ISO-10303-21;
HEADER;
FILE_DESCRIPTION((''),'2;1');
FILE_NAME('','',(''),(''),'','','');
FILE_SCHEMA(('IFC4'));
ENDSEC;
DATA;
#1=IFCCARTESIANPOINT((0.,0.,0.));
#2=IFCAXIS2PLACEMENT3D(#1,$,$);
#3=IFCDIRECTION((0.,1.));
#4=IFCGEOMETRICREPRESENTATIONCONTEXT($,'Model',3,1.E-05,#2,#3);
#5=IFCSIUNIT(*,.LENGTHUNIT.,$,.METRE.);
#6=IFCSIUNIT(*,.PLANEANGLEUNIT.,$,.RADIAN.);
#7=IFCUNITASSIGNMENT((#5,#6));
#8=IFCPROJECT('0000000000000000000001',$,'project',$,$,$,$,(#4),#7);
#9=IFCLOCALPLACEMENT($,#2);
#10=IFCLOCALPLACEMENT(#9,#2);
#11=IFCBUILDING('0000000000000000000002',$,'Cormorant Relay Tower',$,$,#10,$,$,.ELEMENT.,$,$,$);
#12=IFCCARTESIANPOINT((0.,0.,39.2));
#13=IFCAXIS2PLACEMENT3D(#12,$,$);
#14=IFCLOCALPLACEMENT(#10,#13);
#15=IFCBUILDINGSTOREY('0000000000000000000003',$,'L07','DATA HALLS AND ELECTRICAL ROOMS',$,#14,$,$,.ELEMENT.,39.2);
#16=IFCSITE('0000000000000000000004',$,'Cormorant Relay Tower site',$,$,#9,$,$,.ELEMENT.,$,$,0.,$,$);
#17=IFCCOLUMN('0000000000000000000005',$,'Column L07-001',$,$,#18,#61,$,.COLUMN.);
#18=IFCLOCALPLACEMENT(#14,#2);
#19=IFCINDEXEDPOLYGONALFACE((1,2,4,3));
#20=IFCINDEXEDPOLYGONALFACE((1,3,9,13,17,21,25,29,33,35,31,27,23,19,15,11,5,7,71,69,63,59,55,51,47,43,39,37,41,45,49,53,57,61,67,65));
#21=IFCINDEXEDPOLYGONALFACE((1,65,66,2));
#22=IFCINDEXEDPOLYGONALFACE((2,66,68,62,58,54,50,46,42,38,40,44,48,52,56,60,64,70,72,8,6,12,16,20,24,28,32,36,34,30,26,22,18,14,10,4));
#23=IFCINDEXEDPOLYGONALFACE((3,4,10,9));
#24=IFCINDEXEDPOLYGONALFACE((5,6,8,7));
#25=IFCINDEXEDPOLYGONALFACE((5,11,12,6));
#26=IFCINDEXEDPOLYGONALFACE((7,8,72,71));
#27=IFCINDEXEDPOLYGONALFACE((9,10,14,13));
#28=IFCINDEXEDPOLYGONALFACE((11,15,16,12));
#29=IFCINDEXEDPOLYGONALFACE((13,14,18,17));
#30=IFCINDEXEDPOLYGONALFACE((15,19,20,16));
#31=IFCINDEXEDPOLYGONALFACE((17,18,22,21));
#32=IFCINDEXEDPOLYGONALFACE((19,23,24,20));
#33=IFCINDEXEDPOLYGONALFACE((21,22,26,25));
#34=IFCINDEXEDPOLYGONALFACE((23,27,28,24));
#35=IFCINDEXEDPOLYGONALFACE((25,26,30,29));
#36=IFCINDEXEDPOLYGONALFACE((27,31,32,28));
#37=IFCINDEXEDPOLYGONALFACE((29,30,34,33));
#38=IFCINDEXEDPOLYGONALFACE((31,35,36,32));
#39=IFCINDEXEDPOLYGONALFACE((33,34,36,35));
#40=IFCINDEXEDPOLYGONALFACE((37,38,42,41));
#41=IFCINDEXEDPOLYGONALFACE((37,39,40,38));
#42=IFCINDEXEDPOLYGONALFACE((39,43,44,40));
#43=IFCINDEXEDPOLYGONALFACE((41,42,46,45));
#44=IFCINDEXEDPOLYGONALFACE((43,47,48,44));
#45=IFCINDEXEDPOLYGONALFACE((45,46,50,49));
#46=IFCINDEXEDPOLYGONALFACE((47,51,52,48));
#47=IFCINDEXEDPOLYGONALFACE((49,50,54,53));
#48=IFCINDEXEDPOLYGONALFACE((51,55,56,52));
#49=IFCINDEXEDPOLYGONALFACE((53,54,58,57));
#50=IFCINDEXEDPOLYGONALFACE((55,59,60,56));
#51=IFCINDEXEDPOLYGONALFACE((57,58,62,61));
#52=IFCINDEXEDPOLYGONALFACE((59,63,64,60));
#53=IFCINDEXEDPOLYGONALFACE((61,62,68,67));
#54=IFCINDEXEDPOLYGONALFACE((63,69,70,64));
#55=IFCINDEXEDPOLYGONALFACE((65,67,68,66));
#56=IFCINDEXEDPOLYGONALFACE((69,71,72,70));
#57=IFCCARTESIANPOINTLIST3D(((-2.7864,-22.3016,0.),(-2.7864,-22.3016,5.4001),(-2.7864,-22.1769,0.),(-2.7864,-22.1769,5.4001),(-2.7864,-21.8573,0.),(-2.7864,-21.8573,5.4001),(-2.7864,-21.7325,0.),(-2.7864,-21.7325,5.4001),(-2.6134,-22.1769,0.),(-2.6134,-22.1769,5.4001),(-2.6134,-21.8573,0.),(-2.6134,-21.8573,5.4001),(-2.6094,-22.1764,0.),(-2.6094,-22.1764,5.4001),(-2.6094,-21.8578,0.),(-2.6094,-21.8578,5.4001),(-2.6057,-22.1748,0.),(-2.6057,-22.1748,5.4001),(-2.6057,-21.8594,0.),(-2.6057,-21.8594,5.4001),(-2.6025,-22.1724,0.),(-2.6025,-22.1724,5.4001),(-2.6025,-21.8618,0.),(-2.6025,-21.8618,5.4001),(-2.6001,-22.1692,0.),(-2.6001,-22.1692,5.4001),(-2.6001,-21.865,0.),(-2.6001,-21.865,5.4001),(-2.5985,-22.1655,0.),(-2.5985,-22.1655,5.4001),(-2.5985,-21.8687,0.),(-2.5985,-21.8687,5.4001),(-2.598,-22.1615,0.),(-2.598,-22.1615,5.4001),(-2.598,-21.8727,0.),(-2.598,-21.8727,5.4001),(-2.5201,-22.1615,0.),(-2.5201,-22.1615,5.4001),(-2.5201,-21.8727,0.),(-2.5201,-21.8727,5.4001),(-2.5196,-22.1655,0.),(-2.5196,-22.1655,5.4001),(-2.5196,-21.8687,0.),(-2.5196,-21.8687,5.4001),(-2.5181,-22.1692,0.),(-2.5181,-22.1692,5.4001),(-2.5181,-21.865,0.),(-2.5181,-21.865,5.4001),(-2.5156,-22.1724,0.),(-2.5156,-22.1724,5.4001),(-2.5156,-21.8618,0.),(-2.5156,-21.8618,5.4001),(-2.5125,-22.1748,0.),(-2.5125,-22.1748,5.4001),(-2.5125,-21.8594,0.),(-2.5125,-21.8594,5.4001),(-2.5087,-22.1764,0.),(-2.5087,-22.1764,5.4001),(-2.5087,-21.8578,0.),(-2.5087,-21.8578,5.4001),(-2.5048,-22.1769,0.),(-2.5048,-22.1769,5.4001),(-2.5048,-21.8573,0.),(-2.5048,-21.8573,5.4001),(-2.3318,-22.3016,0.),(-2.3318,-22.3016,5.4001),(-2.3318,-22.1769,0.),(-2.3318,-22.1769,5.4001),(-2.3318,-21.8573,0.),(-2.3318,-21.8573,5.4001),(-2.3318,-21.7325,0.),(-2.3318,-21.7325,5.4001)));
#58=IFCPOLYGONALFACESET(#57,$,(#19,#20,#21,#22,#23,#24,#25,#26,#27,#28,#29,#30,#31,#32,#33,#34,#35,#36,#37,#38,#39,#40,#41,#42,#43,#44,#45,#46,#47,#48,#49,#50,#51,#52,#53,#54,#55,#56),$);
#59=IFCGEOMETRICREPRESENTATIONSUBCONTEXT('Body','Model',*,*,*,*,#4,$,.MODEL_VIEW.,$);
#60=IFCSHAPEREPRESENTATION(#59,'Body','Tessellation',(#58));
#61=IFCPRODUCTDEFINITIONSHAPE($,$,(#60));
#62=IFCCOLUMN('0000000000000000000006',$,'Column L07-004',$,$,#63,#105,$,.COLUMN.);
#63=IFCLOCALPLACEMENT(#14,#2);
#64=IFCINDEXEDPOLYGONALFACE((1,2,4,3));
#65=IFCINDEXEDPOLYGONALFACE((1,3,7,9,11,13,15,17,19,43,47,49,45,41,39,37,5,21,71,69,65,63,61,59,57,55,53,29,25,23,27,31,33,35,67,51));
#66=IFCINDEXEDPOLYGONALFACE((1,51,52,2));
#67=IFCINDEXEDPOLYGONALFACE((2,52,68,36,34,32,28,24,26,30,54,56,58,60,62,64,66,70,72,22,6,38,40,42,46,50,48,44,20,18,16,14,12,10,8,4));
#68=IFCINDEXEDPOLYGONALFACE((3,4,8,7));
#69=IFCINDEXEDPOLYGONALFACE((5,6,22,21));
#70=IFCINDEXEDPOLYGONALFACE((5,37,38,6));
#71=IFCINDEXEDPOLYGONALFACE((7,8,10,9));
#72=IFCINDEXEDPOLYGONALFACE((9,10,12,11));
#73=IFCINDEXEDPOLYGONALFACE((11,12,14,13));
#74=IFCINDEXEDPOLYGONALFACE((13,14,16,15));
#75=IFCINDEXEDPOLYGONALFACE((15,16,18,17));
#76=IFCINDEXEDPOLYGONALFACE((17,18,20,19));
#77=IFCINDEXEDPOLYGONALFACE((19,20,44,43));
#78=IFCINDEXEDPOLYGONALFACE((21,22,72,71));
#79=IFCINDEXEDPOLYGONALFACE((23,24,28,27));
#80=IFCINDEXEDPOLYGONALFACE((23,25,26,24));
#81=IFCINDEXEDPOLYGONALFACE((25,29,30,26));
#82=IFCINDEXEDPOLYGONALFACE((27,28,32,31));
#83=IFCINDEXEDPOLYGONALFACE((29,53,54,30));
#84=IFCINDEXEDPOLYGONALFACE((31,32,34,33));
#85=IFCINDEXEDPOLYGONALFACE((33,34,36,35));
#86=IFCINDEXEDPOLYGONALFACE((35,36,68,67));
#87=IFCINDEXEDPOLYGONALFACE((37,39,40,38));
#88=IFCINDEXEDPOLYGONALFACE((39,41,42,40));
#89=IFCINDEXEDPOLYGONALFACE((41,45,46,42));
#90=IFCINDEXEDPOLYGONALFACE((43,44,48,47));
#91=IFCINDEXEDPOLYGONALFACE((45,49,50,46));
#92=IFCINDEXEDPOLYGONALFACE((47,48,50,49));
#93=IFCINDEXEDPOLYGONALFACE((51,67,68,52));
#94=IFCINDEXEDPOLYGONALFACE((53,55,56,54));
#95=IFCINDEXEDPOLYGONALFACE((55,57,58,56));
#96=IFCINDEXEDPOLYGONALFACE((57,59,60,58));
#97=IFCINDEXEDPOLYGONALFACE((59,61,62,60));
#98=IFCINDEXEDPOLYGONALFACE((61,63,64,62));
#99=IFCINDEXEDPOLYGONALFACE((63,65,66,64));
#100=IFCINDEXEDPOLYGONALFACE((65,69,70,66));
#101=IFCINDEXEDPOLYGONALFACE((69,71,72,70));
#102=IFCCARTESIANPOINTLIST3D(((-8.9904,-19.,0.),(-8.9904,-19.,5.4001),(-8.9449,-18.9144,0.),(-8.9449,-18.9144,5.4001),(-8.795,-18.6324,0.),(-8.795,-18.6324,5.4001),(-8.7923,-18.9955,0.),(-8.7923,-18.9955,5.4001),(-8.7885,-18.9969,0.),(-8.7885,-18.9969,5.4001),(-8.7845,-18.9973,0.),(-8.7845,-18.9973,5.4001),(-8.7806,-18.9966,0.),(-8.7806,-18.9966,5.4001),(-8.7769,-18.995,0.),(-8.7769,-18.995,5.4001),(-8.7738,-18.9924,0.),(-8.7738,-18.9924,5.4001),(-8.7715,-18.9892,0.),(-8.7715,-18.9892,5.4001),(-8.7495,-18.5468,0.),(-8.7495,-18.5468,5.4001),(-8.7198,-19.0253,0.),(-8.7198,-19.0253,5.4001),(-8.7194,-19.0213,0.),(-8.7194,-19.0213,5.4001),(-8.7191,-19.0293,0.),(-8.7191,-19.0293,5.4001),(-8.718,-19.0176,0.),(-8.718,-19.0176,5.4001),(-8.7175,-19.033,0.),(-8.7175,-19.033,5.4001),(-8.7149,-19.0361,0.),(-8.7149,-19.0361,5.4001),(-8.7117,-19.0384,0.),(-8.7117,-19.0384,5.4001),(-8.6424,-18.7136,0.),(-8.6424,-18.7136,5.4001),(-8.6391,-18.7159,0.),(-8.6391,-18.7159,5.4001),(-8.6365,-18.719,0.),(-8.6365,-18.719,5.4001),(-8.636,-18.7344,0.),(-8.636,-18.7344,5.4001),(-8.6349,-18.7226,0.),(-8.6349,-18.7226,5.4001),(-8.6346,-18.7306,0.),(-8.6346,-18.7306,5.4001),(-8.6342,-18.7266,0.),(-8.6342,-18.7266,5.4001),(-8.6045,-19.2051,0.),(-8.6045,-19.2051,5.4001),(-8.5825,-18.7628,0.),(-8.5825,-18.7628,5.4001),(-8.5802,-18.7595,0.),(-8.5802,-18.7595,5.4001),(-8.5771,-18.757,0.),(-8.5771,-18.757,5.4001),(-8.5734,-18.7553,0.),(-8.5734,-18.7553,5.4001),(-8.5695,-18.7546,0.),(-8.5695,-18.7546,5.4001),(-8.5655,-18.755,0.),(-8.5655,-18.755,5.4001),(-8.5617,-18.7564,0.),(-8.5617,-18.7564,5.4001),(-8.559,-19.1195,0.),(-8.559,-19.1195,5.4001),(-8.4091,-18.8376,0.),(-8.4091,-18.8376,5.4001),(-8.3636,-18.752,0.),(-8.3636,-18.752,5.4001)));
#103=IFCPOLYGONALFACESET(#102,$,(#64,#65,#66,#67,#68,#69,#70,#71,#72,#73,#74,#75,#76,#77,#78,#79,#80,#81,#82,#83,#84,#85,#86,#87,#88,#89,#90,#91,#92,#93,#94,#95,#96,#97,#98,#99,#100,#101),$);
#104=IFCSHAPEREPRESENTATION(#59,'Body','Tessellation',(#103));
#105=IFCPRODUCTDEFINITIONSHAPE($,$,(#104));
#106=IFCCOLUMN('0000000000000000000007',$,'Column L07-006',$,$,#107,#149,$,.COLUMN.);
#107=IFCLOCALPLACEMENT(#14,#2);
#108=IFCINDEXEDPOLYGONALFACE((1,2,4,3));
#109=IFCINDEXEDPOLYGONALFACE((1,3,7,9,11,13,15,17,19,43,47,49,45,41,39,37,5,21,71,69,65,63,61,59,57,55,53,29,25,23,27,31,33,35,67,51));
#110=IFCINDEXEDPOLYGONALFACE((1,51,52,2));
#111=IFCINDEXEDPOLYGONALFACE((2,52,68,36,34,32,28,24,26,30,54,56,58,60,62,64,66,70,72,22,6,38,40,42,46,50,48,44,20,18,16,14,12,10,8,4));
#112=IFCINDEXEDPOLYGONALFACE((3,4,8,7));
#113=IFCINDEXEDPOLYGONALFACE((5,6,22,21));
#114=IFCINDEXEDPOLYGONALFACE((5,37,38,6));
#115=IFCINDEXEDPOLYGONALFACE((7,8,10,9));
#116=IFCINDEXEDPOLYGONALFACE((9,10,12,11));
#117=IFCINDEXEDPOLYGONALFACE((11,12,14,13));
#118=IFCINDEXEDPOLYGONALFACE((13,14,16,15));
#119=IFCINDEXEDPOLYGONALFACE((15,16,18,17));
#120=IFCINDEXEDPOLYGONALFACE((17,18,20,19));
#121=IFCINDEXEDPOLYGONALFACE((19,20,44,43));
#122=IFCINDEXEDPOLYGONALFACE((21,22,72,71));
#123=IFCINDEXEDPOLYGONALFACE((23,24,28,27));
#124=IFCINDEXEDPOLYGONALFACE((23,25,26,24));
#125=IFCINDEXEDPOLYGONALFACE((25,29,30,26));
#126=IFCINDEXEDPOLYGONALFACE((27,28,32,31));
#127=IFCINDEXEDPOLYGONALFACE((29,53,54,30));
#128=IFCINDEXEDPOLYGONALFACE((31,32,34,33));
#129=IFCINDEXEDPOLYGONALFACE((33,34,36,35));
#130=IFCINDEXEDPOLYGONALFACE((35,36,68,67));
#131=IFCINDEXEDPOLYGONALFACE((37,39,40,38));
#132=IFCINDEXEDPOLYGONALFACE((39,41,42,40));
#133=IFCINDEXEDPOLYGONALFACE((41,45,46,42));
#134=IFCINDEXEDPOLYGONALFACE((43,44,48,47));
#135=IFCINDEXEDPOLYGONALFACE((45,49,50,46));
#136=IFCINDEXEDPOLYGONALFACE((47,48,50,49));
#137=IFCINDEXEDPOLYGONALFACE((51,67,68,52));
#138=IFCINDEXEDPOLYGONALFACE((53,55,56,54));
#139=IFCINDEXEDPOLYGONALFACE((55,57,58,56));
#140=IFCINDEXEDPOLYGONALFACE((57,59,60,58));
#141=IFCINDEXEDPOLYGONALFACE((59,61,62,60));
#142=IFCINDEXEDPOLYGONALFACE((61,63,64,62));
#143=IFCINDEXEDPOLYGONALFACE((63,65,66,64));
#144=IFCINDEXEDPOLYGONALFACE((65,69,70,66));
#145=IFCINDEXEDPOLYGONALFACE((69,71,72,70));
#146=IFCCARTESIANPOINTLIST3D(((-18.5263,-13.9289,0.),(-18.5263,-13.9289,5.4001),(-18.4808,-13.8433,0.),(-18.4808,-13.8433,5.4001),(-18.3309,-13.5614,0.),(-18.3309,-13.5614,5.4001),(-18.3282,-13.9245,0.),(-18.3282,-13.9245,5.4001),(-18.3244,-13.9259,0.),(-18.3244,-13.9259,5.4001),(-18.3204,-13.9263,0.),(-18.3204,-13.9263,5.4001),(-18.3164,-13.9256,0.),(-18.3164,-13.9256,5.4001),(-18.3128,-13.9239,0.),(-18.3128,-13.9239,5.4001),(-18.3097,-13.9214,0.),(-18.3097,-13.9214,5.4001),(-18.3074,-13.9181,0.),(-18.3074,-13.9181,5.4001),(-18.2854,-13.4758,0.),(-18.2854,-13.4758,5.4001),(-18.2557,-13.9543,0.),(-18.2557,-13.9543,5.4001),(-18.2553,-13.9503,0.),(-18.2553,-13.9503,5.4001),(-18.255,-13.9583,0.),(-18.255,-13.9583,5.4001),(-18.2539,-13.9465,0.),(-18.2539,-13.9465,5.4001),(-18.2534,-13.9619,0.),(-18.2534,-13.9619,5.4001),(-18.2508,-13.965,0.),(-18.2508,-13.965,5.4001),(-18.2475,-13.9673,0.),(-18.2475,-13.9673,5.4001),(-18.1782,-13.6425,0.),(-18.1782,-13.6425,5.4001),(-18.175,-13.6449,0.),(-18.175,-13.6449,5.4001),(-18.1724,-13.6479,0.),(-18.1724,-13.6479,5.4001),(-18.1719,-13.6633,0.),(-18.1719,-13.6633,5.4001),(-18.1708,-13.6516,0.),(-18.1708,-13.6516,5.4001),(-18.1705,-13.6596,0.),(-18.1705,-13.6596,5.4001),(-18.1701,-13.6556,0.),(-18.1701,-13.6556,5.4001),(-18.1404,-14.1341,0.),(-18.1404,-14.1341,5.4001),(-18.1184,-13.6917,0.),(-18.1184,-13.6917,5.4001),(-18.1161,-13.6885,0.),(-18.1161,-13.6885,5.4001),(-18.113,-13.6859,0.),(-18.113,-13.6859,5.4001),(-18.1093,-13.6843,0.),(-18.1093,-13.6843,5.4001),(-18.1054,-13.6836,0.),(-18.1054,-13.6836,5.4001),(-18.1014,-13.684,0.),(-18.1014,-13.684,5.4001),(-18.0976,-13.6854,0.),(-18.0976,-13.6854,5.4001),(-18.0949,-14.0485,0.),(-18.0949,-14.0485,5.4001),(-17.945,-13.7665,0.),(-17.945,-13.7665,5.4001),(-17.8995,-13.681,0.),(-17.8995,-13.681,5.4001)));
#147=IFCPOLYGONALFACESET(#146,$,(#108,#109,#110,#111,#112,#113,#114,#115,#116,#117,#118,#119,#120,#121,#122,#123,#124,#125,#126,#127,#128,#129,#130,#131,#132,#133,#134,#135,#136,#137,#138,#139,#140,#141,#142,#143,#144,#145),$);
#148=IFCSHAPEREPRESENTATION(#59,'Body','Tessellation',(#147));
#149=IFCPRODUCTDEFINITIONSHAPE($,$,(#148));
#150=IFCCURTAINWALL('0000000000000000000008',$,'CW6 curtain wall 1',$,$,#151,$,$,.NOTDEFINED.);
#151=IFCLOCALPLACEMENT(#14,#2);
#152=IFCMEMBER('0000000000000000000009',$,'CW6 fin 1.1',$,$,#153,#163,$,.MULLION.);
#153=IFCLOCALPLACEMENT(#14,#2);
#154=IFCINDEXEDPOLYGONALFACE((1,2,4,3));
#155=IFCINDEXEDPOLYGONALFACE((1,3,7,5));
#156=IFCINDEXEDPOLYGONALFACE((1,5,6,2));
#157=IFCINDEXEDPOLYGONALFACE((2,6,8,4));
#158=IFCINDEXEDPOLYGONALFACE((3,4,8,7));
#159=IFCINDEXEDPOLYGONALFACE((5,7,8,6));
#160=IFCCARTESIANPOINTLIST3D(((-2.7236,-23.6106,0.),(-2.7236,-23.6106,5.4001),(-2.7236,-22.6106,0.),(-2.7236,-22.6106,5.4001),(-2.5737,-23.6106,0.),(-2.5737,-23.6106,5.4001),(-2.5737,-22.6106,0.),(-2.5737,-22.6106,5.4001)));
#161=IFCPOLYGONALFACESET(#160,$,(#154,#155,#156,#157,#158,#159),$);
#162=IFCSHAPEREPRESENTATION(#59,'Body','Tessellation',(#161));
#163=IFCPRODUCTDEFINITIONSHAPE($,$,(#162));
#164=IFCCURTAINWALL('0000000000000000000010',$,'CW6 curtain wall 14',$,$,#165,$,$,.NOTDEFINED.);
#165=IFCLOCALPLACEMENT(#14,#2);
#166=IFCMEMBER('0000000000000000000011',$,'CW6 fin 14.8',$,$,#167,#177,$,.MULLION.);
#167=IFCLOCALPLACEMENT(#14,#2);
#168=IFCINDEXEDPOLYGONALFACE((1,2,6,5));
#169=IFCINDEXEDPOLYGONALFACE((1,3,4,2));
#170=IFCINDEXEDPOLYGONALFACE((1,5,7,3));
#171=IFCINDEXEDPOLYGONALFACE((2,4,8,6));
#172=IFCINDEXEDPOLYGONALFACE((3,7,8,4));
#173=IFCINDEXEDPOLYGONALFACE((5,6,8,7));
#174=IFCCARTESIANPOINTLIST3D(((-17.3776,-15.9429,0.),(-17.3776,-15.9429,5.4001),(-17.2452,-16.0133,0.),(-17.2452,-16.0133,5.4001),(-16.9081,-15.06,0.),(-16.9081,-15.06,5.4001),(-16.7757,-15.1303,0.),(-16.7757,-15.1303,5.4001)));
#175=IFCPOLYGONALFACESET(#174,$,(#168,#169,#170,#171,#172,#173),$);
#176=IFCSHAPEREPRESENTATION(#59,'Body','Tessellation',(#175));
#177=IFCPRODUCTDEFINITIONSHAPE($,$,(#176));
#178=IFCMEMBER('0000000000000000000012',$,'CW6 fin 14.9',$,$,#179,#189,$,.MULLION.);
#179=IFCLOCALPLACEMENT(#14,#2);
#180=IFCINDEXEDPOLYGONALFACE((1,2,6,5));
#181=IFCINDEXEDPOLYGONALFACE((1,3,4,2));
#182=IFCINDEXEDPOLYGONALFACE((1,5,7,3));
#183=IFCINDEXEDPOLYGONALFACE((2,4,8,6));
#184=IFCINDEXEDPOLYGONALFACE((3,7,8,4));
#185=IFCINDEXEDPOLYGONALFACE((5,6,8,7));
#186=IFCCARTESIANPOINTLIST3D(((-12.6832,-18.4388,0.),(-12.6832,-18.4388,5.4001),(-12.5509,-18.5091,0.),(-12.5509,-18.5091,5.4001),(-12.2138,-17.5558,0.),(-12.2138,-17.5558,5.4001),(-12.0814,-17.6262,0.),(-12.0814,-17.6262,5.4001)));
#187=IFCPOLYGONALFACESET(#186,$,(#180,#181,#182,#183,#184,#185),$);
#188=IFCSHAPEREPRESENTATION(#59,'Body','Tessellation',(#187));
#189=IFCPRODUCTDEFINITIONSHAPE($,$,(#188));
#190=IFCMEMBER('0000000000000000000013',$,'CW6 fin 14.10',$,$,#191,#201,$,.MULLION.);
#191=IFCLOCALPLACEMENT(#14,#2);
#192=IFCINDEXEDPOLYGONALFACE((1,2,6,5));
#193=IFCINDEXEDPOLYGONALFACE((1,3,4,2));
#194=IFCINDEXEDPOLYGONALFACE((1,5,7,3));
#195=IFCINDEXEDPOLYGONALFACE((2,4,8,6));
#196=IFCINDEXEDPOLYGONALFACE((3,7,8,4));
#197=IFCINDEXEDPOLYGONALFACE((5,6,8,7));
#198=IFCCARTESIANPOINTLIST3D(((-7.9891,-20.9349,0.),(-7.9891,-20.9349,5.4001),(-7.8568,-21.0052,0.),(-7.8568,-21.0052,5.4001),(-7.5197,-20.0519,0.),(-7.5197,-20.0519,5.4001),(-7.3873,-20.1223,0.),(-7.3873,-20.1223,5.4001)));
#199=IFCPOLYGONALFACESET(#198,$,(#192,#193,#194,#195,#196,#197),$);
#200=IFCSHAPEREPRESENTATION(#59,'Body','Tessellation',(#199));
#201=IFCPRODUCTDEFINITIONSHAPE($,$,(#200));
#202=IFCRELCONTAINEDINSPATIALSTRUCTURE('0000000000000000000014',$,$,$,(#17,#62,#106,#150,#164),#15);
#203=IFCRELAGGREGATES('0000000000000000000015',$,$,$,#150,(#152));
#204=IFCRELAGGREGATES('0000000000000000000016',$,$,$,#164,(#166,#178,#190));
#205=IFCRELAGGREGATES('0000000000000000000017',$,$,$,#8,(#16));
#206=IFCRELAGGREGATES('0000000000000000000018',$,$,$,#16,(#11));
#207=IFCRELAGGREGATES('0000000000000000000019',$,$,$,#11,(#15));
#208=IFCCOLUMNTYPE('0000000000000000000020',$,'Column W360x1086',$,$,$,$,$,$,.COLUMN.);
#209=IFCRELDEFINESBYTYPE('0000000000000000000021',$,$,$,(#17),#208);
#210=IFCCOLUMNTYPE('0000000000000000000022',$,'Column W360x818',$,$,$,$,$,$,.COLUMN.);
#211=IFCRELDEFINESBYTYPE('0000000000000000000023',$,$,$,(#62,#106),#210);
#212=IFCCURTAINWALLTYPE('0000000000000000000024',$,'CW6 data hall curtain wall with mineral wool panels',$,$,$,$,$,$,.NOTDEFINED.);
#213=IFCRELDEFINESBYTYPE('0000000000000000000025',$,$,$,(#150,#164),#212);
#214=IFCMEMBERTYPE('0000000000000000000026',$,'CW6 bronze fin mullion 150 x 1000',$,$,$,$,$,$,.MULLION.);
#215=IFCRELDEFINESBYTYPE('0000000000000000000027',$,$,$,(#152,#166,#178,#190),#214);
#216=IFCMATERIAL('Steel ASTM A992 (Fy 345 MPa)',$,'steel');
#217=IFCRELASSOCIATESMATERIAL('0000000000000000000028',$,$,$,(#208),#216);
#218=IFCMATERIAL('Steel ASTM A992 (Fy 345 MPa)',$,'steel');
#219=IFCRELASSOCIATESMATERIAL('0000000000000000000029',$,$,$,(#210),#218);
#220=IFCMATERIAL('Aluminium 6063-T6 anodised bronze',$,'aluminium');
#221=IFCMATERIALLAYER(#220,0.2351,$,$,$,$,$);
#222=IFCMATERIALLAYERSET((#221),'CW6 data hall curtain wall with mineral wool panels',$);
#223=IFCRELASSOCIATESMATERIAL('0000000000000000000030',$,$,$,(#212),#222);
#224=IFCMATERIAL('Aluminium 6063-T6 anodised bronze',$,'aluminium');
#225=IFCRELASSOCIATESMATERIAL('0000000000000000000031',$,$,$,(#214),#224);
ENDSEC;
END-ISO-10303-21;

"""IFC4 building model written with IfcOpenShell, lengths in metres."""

from ifc_helpers import new_model, si_unit, direction, frame, origin, origin_2d, place, context, subcontext, project, spatial, rectangle, i_section, extrude, material, layer, layer_set, material_profile, profile_set, type_object, element, aggregate, save


model = new_model("IFC4")

# Units and contexts
model_context = context("Model", 3, precision=1e-05, world=origin(), true_north=direction((0.0, 1.0)))
body_context = subcontext(model_context, "Body", "Model", "MODEL_VIEW")
ifc_project = project(units=[si_unit("LENGTHUNIT", "METRE"), si_unit("PLANEANGLEUNIT", "RADIAN")], contexts=[model_context])

# Site, building, storey
site_placement = place(None, origin())
site = spatial("IfcSite", under=ifc_project, at=site_placement, Name="Cormorant Relay Tower site", CompositionType="ELEMENT", RefElevation=0.0)
building_placement = place(site_placement, origin())
building = spatial("IfcBuilding", under=site, at=building_placement, Name="Cormorant Relay Tower", CompositionType="ELEMENT")
storey_placement = place(building_placement, frame((0.0, 0.0, 39.2)))
storey = spatial("IfcBuildingStorey", under=building, at=storey_placement, Name="L07", Description="DATA HALLS AND ELECTRICAL ROOMS", CompositionType="ELEMENT", Elevation=39.2)

# Columns
ifc_material_1 = material(Name="Steel ASTM A992 (Fy 345 MPa)", Category="steel")
ifc_material_profile_1 = material_profile(ifc_material_1, i_section(OverallWidth=0.4546, OverallDepth=0.5691, WebThickness=0.0779, FlangeThickness=0.1248, FilletRadius=0.0154, at=origin_2d()), Name="W360x1086")
ifc_profile_set_1 = profile_set([ifc_material_profile_1], Name="Steel ASTM A992 (Fy 345 MPa)")
column_type_1 = type_object("IfcColumnType", Name="Column W360x1086", PredefinedType="COLUMN", material=ifc_profile_set_1)
column_placement = place(storey_placement, frame((-2.5591, -22.0171, 0.0), z_axis=(0.0, 0.0, 1.0), x_axis=(1.0, 0.0, 0.0)))
element("IfcColumn", 1, at=column_placement, inside=storey, type_object=column_type_1, Name="Column L07-001", PredefinedType="COLUMN", context=body_context, shape_type="SweptSolid", body=[
    extrude(i_section(OverallWidth=0.4546, OverallDepth=0.5691, WebThickness=0.0779, FlangeThickness=0.1248, FilletRadius=0.0154, at=origin_2d()), origin(), (0.0, 0.0, 1.0), 5.4001),
])
ifc_material_2 = material(Name="Steel ASTM A992 (Fy 345 MPa)", Category="steel")
ifc_material_profile_2 = material_profile(ifc_material_2, i_section(OverallWidth=0.437, OverallDepth=0.5132, WebThickness=0.0605, FlangeThickness=0.0969, FilletRadius=0.0154, at=origin_2d()), Name="W360x818")
ifc_profile_set_2 = profile_set([ifc_material_profile_2], Name="Steel ASTM A992 (Fy 345 MPa)")
column_type_2 = type_object("IfcColumnType", Name="Column W360x818", PredefinedType="COLUMN", material=ifc_profile_set_2)
for number, where, z_axis, x_axis, name in (
    (2, (-8.677, -18.876, 0.0), (0.0, 0.0, 1.0), (0.882948, -0.469472, 0.0), "Column L07-004"),
    (3, (-18.2129, -13.8049, 0.0), (0.0, 0.0, 1.0), (0.882948, -0.469472, 0.0), "Column L07-006"),
):
    element("IfcColumn", number, at=place(storey_placement, frame(where, z_axis=z_axis, x_axis=x_axis)), inside=storey, type_object=column_type_2, Name=name, PredefinedType="COLUMN", context=body_context, shape_type="SweptSolid", body=[
        extrude(i_section(OverallWidth=0.437, OverallDepth=0.5132, WebThickness=0.0605, FlangeThickness=0.0969, FilletRadius=0.0154, at=origin_2d()), origin(), (0.0, 0.0, 1.0), 5.4001),
    ])

# Curtain wall, member
ifc_material_3 = material(Name="Aluminium 6063-T6 anodised bronze", Category="aluminium")
ifc_layer_1 = layer(ifc_material_3, 0.2351)
ifc_layer_set_1 = layer_set([ifc_layer_1], Name="CW6 data hall curtain wall with mineral wool panels")
curtain_wall_type = type_object("IfcCurtainWallType", Name="CW6 data hall curtain wall with mineral wool panels", PredefinedType="NOTDEFINED", material=ifc_layer_set_1)
curtain_wall_1_placement = place(storey_placement, origin())
curtain_wall_1 = element("IfcCurtainWall", 4, at=curtain_wall_1_placement, inside=storey, type_object=curtain_wall_type, Name="CW6 curtain wall 1", PredefinedType="NOTDEFINED")
ifc_material_4 = material(Name="Aluminium 6063-T6 anodised bronze", Category="aluminium")
ifc_material_profile_3 = material_profile(ifc_material_4, rectangle(XDim=0.1499, YDim=1.0, at=origin_2d()), Name="AL 150x1000")
ifc_profile_set_3 = profile_set([ifc_material_profile_3], Name="Aluminium 6063-T6 anodised bronze")
member_type_1 = type_object("IfcMemberType", Name="CW6 bronze fin mullion 150 x 1000", PredefinedType="MULLION", material=ifc_profile_set_3)
member_1_placement = place(storey_placement, frame((-2.6487, -23.1106, 0.0), z_axis=(0.0, 0.0, 1.0), x_axis=(1.0, 0.0, 0.0)))
member_1 = element("IfcMember", 5, at=member_1_placement, type_object=member_type_1, Name="CW6 fin 1.1", PredefinedType="MULLION", context=body_context, shape_type="SweptSolid", body=[
    extrude(rectangle(XDim=0.1499, YDim=1.0, at=origin_2d()), origin(), (0.0, 0.0, 1.0), 5.4001),
])

# Curtain wall, members
curtain_wall_2_placement = place(storey_placement, origin())
curtain_wall_2 = element("IfcCurtainWall", 6, at=curtain_wall_2_placement, inside=storey, type_object=curtain_wall_type, Name="CW6 curtain wall 14", PredefinedType="NOTDEFINED")
member_2_placement = place(storey_placement, frame((-17.0767, -15.5366, 0.0), z_axis=(0.0, 0.0, 1.0), x_axis=(0.882948, -0.469472, 0.0)))
member_2 = element("IfcMember", 7, at=member_2_placement, type_object=member_type_1, Name="CW6 fin 14.8", PredefinedType="MULLION", context=body_context, shape_type="SweptSolid", body=[
    extrude(rectangle(XDim=0.1499, YDim=1.0, at=origin_2d()), origin(), (0.0, 0.0, 1.0), 5.4001),
])
member_3_placement = place(storey_placement, frame((-12.3823, -18.0325, 0.0), z_axis=(0.0, 0.0, 1.0), x_axis=(0.882948, -0.469472, 0.0)))
member_3 = element("IfcMember", 8, at=member_3_placement, type_object=member_type_1, Name="CW6 fin 14.9", PredefinedType="MULLION", context=body_context, shape_type="SweptSolid", body=[
    extrude(rectangle(XDim=0.1499, YDim=1.0, at=origin_2d()), origin(), (0.0, 0.0, 1.0), 5.4001),
])
member_4_placement = place(storey_placement, frame((-7.6882, -20.5286, 0.0), z_axis=(0.0, 0.0, 1.0), x_axis=(0.882948, -0.469472, 0.0)))
member_4 = element("IfcMember", 9, at=member_4_placement, type_object=member_type_1, Name="CW6 fin 14.10", PredefinedType="MULLION", context=body_context, shape_type="SweptSolid", body=[
    extrude(rectangle(XDim=0.1499, YDim=1.0, at=origin_2d()), origin(), (0.0, 0.0, 1.0), 5.4001),
])

aggregate(curtain_wall_1, [member_1])
aggregate(curtain_wall_2, [member_2, member_3, member_4])

save(model, "model.ifc")
